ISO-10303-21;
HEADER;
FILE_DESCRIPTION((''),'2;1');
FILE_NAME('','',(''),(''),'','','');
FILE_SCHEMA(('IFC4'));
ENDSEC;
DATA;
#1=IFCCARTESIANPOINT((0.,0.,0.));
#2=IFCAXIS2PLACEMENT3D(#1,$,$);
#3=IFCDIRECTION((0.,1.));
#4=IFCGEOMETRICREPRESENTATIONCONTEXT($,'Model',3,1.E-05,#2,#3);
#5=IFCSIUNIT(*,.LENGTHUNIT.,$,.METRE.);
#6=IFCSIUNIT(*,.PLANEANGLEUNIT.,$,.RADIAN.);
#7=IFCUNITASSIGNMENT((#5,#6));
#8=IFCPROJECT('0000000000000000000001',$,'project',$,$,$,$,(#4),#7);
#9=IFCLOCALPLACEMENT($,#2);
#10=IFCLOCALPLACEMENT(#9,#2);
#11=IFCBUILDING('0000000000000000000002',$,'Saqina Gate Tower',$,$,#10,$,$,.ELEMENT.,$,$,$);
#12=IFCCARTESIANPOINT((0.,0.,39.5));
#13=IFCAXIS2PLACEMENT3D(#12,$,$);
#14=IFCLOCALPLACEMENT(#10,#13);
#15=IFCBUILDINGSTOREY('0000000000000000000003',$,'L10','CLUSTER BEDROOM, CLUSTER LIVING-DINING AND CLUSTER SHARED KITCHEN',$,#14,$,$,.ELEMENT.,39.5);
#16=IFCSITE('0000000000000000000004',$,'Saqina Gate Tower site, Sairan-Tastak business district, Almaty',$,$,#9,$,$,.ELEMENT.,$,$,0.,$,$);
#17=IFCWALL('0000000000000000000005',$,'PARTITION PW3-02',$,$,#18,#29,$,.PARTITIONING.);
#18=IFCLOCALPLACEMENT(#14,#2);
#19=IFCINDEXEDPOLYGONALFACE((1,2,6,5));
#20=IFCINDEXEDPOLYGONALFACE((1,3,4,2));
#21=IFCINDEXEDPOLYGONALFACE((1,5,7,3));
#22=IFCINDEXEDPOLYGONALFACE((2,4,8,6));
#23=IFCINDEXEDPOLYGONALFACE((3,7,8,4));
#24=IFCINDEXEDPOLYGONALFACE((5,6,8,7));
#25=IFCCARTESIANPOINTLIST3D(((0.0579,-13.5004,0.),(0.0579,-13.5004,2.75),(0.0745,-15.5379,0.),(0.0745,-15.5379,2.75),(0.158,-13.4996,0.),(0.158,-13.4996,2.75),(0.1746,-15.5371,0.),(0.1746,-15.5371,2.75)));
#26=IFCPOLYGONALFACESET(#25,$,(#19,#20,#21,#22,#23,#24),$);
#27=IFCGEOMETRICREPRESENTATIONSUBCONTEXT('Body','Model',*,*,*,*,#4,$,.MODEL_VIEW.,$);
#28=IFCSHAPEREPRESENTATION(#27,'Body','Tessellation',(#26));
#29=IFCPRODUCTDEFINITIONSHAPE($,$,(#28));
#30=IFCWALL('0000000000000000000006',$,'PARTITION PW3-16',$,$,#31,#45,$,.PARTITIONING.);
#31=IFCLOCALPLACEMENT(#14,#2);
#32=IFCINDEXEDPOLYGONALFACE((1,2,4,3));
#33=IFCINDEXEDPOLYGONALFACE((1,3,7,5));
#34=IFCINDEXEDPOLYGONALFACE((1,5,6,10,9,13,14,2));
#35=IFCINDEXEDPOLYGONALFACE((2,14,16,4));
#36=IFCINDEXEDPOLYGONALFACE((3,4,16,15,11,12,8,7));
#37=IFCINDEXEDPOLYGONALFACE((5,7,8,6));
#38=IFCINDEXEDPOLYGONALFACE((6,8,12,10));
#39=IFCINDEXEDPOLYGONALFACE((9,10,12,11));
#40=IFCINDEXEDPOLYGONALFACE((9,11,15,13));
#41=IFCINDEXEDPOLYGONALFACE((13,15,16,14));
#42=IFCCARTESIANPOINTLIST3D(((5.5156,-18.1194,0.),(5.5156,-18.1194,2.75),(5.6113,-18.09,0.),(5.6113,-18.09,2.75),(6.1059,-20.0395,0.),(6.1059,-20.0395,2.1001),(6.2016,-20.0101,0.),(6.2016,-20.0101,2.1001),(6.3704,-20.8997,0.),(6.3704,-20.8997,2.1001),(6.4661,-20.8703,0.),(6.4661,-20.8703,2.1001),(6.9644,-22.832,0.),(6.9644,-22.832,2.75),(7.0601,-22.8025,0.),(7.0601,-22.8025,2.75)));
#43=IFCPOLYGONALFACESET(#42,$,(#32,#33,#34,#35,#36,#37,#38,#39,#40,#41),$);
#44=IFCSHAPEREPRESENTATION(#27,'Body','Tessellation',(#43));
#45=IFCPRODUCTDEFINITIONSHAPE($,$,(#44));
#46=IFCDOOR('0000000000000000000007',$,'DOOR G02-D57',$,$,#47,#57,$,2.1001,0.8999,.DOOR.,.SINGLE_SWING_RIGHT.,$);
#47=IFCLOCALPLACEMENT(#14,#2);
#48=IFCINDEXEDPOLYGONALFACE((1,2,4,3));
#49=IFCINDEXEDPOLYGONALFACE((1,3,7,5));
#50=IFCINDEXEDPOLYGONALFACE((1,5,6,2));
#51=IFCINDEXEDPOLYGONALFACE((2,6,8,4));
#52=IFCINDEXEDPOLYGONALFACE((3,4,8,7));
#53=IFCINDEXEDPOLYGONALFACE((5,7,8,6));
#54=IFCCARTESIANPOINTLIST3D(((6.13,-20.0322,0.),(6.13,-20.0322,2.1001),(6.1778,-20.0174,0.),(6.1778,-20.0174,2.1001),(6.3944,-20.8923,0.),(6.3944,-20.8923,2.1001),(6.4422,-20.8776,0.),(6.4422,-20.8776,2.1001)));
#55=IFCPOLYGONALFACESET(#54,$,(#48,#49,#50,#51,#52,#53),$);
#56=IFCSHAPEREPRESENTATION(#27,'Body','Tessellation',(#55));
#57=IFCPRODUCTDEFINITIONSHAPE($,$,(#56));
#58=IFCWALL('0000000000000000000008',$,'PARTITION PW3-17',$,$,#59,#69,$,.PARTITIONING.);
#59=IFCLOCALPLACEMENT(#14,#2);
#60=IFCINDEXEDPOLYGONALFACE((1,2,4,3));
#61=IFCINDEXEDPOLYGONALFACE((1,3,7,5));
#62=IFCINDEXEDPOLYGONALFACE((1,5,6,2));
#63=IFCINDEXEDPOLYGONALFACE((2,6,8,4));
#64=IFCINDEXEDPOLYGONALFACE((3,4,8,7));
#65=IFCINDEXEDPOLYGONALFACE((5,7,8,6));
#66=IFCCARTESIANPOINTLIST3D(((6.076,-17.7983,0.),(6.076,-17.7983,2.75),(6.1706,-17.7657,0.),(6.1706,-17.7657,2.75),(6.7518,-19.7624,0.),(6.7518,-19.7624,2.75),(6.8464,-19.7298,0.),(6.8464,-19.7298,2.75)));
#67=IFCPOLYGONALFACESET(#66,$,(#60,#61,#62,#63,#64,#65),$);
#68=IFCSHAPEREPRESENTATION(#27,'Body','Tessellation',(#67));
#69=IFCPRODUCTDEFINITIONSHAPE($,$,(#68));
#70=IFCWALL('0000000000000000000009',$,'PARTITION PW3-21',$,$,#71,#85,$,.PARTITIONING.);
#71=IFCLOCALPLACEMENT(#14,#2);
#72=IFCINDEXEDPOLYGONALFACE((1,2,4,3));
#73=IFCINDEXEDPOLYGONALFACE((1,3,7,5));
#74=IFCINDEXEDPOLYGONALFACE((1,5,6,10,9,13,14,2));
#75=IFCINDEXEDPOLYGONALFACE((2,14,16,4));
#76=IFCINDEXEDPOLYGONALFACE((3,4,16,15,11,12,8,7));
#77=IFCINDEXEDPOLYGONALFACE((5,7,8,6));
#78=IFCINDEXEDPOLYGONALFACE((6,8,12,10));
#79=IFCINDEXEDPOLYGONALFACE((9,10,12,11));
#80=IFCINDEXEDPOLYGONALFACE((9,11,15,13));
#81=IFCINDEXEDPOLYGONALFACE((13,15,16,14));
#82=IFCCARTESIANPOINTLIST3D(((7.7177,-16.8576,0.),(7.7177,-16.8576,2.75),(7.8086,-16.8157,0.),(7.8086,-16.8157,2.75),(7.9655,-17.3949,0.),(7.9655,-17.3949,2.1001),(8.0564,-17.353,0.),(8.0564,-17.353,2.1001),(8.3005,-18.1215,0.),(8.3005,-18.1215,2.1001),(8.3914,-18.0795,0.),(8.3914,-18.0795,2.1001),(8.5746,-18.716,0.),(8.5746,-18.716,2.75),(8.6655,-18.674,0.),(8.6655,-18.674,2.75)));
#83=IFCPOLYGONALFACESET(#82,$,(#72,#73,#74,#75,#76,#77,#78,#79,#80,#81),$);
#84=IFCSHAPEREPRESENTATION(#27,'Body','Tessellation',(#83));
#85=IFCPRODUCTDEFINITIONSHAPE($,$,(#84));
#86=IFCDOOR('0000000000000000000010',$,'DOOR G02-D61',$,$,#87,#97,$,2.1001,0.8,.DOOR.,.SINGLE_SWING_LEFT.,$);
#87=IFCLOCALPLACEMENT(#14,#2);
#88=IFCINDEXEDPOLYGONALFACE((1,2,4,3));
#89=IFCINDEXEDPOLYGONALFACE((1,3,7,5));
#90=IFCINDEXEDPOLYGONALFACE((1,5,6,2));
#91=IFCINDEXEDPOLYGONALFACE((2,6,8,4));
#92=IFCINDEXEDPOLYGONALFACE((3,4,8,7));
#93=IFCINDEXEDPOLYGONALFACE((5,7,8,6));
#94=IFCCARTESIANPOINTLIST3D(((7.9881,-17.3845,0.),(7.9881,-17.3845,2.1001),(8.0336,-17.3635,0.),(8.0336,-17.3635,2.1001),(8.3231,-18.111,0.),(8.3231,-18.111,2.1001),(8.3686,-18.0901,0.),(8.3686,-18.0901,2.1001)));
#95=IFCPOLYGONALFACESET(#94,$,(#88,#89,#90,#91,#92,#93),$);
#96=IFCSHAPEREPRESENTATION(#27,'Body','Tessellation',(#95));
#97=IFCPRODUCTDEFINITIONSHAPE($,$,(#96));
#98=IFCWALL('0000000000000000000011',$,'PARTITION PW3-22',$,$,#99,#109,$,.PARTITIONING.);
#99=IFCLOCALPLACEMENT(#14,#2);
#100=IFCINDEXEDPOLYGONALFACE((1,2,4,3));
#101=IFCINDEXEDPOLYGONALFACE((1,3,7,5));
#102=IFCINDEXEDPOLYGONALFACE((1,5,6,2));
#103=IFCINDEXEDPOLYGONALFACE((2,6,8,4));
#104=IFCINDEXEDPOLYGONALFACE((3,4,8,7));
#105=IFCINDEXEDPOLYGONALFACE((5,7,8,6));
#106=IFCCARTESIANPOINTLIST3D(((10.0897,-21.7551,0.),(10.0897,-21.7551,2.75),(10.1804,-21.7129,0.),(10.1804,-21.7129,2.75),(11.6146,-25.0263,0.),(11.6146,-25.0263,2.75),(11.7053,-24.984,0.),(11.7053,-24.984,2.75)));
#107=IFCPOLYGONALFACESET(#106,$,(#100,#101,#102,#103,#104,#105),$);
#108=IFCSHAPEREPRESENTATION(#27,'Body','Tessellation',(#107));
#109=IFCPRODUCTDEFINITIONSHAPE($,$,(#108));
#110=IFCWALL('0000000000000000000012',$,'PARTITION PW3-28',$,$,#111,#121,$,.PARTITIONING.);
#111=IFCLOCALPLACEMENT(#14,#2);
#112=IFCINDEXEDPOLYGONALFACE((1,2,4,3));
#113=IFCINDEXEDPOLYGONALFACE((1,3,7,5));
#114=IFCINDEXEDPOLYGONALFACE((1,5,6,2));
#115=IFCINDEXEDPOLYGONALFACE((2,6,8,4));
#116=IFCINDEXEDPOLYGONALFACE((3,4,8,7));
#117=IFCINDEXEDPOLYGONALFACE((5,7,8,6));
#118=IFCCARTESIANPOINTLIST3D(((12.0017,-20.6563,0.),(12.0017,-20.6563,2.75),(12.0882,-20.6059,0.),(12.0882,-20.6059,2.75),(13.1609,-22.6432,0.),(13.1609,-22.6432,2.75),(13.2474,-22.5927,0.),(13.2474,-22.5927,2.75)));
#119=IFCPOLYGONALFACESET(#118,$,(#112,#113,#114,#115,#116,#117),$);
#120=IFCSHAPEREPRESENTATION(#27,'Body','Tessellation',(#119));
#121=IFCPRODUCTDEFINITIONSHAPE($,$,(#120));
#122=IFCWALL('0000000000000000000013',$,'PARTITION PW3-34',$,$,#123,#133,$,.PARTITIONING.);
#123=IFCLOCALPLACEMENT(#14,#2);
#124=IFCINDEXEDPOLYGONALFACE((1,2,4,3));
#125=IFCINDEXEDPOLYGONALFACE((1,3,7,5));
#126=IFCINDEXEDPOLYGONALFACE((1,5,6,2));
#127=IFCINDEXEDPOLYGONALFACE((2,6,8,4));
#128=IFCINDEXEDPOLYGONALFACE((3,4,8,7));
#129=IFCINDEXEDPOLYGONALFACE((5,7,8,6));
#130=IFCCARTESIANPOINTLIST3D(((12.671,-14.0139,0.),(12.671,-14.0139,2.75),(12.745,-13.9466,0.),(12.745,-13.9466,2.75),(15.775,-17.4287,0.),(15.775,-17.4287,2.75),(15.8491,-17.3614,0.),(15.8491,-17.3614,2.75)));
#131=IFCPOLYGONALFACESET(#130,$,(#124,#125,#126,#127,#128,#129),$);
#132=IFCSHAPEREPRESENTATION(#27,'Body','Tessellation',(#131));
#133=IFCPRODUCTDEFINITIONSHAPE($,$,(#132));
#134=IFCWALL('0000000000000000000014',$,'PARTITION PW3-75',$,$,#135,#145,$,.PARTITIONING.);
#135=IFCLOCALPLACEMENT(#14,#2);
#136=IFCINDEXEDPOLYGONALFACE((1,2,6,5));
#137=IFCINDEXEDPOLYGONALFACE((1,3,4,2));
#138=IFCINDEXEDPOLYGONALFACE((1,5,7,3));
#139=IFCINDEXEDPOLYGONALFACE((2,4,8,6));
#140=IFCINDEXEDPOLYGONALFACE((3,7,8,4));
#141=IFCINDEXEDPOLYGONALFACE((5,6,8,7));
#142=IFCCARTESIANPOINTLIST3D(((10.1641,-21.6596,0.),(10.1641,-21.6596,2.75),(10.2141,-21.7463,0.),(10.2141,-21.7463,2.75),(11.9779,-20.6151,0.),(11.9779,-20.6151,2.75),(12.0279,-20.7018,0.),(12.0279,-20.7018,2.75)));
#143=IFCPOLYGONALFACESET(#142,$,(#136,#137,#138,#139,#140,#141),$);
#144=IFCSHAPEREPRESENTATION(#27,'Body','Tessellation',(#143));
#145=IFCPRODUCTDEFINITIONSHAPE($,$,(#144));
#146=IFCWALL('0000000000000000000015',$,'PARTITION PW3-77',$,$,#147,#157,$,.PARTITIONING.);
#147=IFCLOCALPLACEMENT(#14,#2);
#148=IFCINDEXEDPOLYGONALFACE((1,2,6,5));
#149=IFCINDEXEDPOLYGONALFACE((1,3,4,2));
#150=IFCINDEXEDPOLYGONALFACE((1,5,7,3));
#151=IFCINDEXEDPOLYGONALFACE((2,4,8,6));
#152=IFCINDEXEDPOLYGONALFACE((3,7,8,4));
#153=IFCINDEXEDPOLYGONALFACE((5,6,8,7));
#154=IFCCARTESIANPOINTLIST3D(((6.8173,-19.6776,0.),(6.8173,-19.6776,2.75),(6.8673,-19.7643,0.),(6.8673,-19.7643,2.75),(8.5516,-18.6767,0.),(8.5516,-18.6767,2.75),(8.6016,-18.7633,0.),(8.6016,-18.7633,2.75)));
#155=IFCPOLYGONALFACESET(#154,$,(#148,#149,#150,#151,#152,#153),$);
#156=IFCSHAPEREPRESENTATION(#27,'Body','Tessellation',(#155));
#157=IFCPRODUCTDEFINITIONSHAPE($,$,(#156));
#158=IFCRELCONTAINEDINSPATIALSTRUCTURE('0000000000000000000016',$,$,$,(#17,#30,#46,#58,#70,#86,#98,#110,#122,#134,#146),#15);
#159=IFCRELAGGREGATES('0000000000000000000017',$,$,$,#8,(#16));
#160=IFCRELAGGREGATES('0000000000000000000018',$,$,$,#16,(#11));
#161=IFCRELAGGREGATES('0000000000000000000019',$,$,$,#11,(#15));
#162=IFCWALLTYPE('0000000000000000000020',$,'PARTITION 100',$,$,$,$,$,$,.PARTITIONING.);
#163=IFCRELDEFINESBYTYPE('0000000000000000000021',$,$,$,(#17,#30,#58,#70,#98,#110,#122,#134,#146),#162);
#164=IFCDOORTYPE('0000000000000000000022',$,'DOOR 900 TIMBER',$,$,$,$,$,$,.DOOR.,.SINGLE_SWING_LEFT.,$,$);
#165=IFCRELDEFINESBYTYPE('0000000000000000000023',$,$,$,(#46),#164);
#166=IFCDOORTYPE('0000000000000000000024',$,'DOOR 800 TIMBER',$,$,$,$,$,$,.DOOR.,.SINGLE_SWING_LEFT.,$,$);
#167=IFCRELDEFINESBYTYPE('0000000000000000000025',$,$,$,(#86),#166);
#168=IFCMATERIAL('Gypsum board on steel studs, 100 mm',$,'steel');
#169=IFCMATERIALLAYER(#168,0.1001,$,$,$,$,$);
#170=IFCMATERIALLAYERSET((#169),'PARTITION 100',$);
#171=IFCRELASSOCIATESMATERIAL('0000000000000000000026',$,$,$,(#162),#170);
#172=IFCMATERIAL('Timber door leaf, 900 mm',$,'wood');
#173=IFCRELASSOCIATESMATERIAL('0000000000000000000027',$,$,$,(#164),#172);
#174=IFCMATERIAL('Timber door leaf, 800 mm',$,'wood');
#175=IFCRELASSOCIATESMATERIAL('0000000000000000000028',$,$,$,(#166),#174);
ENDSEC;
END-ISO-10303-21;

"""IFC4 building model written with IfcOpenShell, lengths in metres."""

from ifc_helpers import new_model, si_unit, direction, frame, frame_2d, origin, place, context, subcontext, project, spatial, rectangle, extrude, material, layer, layer_set, type_object, element, fill, save


model = new_model("IFC4")

# Units and contexts
model_context = context("Model", 3, precision=1e-05, world=origin(), true_north=direction((0.0, 1.0)))
body_context = subcontext(model_context, "Body", "Model", "MODEL_VIEW")
ifc_project = project(units=[si_unit("LENGTHUNIT", "METRE"), si_unit("PLANEANGLEUNIT", "RADIAN")], contexts=[model_context])

# Site, building, storey
site_placement = place(None, origin())
site = spatial("IfcSite", under=ifc_project, at=site_placement, Name="Saqina Gate Tower site, Sairan-Tastak business district, Almaty", CompositionType="ELEMENT", RefElevation=0.0)
building_placement = place(site_placement, origin())
building = spatial("IfcBuilding", under=site, at=building_placement, Name="Saqina Gate Tower", CompositionType="ELEMENT")
storey_placement = place(building_placement, frame((0.0, 0.0, 39.5)))
storey = spatial("IfcBuildingStorey", under=building, at=storey_placement, Name="L10", Description="CLUSTER BEDROOM, CLUSTER LIVING-DINING AND CLUSTER SHARED KITCHEN", CompositionType="ELEMENT", Elevation=39.5)

# Wall
ifc_material_1 = material(Name="Gypsum board on steel studs, 100 mm", Category="steel")
ifc_layer_1 = layer(ifc_material_1, 0.1001)
ifc_layer_set_1 = layer_set([ifc_layer_1], Name="PARTITION 100")
wall_type_1 = type_object("IfcWallType", Name="PARTITION 100", PredefinedType="PARTITIONING", material=ifc_layer_set_1)
wall_1_placement = place(storey_placement, frame((0.1079, -13.5, 0.0), z_axis=(0.0, 0.0, 1.0), x_axis=(0.008147, -0.999967, 0.0)))
element("IfcWall", 1, at=wall_1_placement, inside=storey, type_object=wall_type_1, Name="PARTITION PW3-02", PredefinedType="PARTITIONING", context=body_context, shape_type="SweptSolid", body=[
    extrude(rectangle(XDim=2.0376, YDim=0.1001, at=frame_2d((1.0188, 0.0))), origin(), (0.0, 0.0, 1.0), 2.75),
])

# Wall, opening, door
wall_2_placement = place(storey_placement, frame((5.5635, -18.1047, 0.0), z_axis=(0.0, 0.0, 1.0), x_axis=(0.293856, -0.95585, 0.0)))
wall_2 = element("IfcWall", 2, at=wall_2_placement, inside=storey, type_object=wall_type_1, Name="PARTITION PW3-16", PredefinedType="PARTITIONING", context=body_context, shape_type="SweptSolid", body=[
    extrude(rectangle(XDim=4.9302, YDim=0.1001, at=frame_2d((2.4651, 0.0))), origin(), (0.0, 0.0, 1.0), 2.75),
])
opening_1_placement = place(wall_2_placement, frame((2.0088, 0.0, 0.0)))
opening_1 = element("IfcOpeningElement", 3, at=opening_1_placement, cuts=wall_2, PredefinedType="OPENING", context=body_context, shape_type="SweptSolid", body=[
    extrude(rectangle(XDim=0.8999, YDim=2.1001, at=frame_2d((0.45, 1.05))), frame((0.0, 0.062, 0.0), z_axis=(0.0, -1.0, 0.0), x_axis=(1.0, 0.0, 0.0)), (0.0, 0.0, 1.0), 0.124),
])
ifc_material_2 = material(Name="Timber door leaf, 900 mm", Category="wood")
door_type_1 = type_object("IfcDoorType", Name="DOOR 900 TIMBER", OperationType="SINGLE_SWING_LEFT", PredefinedType="DOOR", material=ifc_material_2)
door_1_placement = place(opening_1_placement, frame((0.8999, 0.0, 0.0), z_axis=(0.0, 0.0, 1.0), x_axis=(-1.0, 0.0, 0.0)))
door_1 = element("IfcDoor", 4, at=door_1_placement, inside=storey, type_object=door_type_1, Name="DOOR G02-D57", OperationType="SINGLE_SWING_RIGHT", OverallHeight=2.1001, OverallWidth=0.8999, PredefinedType="DOOR", context=body_context, shape_type="SweptSolid", body=[
    extrude(rectangle(XDim=0.8999, YDim=2.1001, at=frame_2d((0.45, 1.05))), frame((0.0, 0.0249, 0.0), z_axis=(0.0, -1.0, 0.0), x_axis=(1.0, 0.0, 0.0)), (0.0, 0.0, 1.0), 0.05),
])
fill(opening_1, door_1)

# Wall
wall_3_placement = place(storey_placement, frame((6.1233, -17.782, 0.0), z_axis=(0.0, 0.0, 1.0), x_axis=(0.325346, -0.945595, 0.0)))
element("IfcWall", 5, at=wall_3_placement, inside=storey, type_object=wall_type_1, Name="PARTITION PW3-17", PredefinedType="PARTITIONING", context=body_context, shape_type="SweptSolid", body=[
    extrude(rectangle(XDim=2.0771, YDim=0.1001, at=frame_2d((1.0386, 0.0))), origin(), (0.0, 0.0, 1.0), 2.75),
])

# Wall, opening, door
wall_4_placement = place(storey_placement, frame((7.7632, -16.8367, 0.0), z_axis=(0.0, 0.0, 1.0), x_axis=(0.41874, -0.908106, 0.0)))
wall_4 = element("IfcWall", 6, at=wall_4_placement, inside=storey, type_object=wall_type_1, Name="PARTITION PW3-21", PredefinedType="PARTITIONING", context=body_context, shape_type="SweptSolid", body=[
    extrude(rectangle(XDim=2.0464, YDim=0.1001, at=frame_2d((1.0232, 0.0))), origin(), (0.0, 0.0, 1.0), 2.75),
])
opening_2_placement = place(wall_4_placement, frame((0.5918, 0.0, 0.0)))
opening_2 = element("IfcOpeningElement", 7, at=opening_2_placement, cuts=wall_4, PredefinedType="OPENING", context=body_context, shape_type="SweptSolid", body=[
    extrude(rectangle(XDim=0.8, YDim=2.1001, at=frame_2d((0.3999, 1.05))), frame((0.0, 0.062, 0.0), z_axis=(0.0, -1.0, 0.0), x_axis=(1.0, 0.0, 0.0)), (0.0, 0.0, 1.0), 0.124),
])
ifc_material_3 = material(Name="Timber door leaf, 800 mm", Category="wood")
door_type_2 = type_object("IfcDoorType", Name="DOOR 800 TIMBER", OperationType="SINGLE_SWING_LEFT", PredefinedType="DOOR", material=ifc_material_3)
door_2_placement = place(opening_2_placement, origin())
door_2 = element("IfcDoor", 8, at=door_2_placement, inside=storey, type_object=door_type_2, Name="DOOR G02-D61", OperationType="SINGLE_SWING_LEFT", OverallHeight=2.1001, OverallWidth=0.8, PredefinedType="DOOR", context=body_context, shape_type="SweptSolid", body=[
    extrude(rectangle(XDim=0.8, YDim=2.1001, at=frame_2d((0.3999, 1.05))), frame((0.0, 0.0249, 0.0), z_axis=(0.0, -1.0, 0.0), x_axis=(1.0, 0.0, 0.0)), (0.0, 0.0, 1.0), 0.05),
])
fill(opening_2, door_2)

# Walls
wall_5_placement = place(storey_placement, frame((10.135, -21.7339, 0.0), z_axis=(0.0, 0.0, 1.0), x_axis=(0.422504, -0.906361, 0.0)))
element("IfcWall", 9, at=wall_5_placement, inside=storey, type_object=wall_type_1, Name="PARTITION PW3-22", PredefinedType="PARTITIONING", context=body_context, shape_type="SweptSolid", body=[
    extrude(rectangle(XDim=3.6091, YDim=0.1001, at=frame_2d((1.8047, 0.0))), origin(), (0.0, 0.0, 1.0), 2.75),
])
wall_6_placement = place(storey_placement, frame((12.0449, -20.6311, 0.0), z_axis=(0.0, 0.0, 1.0), x_axis=(0.503937, -0.86374, 0.0)))
element("IfcWall", 10, at=wall_6_placement, inside=storey, type_object=wall_type_1, Name="PARTITION PW3-28", PredefinedType="PARTITIONING", context=body_context, shape_type="SweptSolid", body=[
    extrude(rectangle(XDim=2.3003, YDim=0.1001, at=frame_2d((1.1501, 0.0))), origin(), (0.0, 0.0, 1.0), 2.75),
])
wall_7_placement = place(storey_placement, frame((12.708, -13.9802, 0.0), z_axis=(0.0, 0.0, 1.0), x_axis=(0.672631, -0.739978, 0.0)))
element("IfcWall", 11, at=wall_7_placement, inside=storey, type_object=wall_type_1, Name="PARTITION PW3-34", PredefinedType="PARTITIONING", context=body_context, shape_type="SweptSolid", body=[
    extrude(rectangle(XDim=4.6147, YDim=0.1001, at=frame_2d((2.3074, 0.0))), origin(), (0.0, 0.0, 1.0), 2.75),
])
wall_8_placement = place(storey_placement, frame((10.1892, -21.7029, 0.0), z_axis=(0.0, 0.0, 1.0), x_axis=(0.866587, 0.499026, 0.0)))
element("IfcWall", 12, at=wall_8_placement, inside=storey, type_object=wall_type_1, Name="PARTITION PW3-75", PredefinedType="PARTITIONING", context=body_context, shape_type="SweptSolid", body=[
    extrude(rectangle(XDim=2.093, YDim=0.1001, at=frame_2d((1.0464, 0.0))), origin(), (0.0, 0.0, 1.0), 2.75),
])
wall_9_placement = place(storey_placement, frame((6.8423, -19.7209, 0.0), z_axis=(0.0, 0.0, 1.0), x_axis=(0.866104, 0.499863, 0.0)))
element("IfcWall", 13, at=wall_9_placement, inside=storey, type_object=wall_type_1, Name="PARTITION PW3-77", PredefinedType="PARTITIONING", context=body_context, shape_type="SweptSolid", body=[
    extrude(rectangle(XDim=2.0024, YDim=0.1001, at=frame_2d((1.0012, 0.0))), origin(), (0.0, 0.0, 1.0), 2.75),
])

save(model, "model.ifc")
